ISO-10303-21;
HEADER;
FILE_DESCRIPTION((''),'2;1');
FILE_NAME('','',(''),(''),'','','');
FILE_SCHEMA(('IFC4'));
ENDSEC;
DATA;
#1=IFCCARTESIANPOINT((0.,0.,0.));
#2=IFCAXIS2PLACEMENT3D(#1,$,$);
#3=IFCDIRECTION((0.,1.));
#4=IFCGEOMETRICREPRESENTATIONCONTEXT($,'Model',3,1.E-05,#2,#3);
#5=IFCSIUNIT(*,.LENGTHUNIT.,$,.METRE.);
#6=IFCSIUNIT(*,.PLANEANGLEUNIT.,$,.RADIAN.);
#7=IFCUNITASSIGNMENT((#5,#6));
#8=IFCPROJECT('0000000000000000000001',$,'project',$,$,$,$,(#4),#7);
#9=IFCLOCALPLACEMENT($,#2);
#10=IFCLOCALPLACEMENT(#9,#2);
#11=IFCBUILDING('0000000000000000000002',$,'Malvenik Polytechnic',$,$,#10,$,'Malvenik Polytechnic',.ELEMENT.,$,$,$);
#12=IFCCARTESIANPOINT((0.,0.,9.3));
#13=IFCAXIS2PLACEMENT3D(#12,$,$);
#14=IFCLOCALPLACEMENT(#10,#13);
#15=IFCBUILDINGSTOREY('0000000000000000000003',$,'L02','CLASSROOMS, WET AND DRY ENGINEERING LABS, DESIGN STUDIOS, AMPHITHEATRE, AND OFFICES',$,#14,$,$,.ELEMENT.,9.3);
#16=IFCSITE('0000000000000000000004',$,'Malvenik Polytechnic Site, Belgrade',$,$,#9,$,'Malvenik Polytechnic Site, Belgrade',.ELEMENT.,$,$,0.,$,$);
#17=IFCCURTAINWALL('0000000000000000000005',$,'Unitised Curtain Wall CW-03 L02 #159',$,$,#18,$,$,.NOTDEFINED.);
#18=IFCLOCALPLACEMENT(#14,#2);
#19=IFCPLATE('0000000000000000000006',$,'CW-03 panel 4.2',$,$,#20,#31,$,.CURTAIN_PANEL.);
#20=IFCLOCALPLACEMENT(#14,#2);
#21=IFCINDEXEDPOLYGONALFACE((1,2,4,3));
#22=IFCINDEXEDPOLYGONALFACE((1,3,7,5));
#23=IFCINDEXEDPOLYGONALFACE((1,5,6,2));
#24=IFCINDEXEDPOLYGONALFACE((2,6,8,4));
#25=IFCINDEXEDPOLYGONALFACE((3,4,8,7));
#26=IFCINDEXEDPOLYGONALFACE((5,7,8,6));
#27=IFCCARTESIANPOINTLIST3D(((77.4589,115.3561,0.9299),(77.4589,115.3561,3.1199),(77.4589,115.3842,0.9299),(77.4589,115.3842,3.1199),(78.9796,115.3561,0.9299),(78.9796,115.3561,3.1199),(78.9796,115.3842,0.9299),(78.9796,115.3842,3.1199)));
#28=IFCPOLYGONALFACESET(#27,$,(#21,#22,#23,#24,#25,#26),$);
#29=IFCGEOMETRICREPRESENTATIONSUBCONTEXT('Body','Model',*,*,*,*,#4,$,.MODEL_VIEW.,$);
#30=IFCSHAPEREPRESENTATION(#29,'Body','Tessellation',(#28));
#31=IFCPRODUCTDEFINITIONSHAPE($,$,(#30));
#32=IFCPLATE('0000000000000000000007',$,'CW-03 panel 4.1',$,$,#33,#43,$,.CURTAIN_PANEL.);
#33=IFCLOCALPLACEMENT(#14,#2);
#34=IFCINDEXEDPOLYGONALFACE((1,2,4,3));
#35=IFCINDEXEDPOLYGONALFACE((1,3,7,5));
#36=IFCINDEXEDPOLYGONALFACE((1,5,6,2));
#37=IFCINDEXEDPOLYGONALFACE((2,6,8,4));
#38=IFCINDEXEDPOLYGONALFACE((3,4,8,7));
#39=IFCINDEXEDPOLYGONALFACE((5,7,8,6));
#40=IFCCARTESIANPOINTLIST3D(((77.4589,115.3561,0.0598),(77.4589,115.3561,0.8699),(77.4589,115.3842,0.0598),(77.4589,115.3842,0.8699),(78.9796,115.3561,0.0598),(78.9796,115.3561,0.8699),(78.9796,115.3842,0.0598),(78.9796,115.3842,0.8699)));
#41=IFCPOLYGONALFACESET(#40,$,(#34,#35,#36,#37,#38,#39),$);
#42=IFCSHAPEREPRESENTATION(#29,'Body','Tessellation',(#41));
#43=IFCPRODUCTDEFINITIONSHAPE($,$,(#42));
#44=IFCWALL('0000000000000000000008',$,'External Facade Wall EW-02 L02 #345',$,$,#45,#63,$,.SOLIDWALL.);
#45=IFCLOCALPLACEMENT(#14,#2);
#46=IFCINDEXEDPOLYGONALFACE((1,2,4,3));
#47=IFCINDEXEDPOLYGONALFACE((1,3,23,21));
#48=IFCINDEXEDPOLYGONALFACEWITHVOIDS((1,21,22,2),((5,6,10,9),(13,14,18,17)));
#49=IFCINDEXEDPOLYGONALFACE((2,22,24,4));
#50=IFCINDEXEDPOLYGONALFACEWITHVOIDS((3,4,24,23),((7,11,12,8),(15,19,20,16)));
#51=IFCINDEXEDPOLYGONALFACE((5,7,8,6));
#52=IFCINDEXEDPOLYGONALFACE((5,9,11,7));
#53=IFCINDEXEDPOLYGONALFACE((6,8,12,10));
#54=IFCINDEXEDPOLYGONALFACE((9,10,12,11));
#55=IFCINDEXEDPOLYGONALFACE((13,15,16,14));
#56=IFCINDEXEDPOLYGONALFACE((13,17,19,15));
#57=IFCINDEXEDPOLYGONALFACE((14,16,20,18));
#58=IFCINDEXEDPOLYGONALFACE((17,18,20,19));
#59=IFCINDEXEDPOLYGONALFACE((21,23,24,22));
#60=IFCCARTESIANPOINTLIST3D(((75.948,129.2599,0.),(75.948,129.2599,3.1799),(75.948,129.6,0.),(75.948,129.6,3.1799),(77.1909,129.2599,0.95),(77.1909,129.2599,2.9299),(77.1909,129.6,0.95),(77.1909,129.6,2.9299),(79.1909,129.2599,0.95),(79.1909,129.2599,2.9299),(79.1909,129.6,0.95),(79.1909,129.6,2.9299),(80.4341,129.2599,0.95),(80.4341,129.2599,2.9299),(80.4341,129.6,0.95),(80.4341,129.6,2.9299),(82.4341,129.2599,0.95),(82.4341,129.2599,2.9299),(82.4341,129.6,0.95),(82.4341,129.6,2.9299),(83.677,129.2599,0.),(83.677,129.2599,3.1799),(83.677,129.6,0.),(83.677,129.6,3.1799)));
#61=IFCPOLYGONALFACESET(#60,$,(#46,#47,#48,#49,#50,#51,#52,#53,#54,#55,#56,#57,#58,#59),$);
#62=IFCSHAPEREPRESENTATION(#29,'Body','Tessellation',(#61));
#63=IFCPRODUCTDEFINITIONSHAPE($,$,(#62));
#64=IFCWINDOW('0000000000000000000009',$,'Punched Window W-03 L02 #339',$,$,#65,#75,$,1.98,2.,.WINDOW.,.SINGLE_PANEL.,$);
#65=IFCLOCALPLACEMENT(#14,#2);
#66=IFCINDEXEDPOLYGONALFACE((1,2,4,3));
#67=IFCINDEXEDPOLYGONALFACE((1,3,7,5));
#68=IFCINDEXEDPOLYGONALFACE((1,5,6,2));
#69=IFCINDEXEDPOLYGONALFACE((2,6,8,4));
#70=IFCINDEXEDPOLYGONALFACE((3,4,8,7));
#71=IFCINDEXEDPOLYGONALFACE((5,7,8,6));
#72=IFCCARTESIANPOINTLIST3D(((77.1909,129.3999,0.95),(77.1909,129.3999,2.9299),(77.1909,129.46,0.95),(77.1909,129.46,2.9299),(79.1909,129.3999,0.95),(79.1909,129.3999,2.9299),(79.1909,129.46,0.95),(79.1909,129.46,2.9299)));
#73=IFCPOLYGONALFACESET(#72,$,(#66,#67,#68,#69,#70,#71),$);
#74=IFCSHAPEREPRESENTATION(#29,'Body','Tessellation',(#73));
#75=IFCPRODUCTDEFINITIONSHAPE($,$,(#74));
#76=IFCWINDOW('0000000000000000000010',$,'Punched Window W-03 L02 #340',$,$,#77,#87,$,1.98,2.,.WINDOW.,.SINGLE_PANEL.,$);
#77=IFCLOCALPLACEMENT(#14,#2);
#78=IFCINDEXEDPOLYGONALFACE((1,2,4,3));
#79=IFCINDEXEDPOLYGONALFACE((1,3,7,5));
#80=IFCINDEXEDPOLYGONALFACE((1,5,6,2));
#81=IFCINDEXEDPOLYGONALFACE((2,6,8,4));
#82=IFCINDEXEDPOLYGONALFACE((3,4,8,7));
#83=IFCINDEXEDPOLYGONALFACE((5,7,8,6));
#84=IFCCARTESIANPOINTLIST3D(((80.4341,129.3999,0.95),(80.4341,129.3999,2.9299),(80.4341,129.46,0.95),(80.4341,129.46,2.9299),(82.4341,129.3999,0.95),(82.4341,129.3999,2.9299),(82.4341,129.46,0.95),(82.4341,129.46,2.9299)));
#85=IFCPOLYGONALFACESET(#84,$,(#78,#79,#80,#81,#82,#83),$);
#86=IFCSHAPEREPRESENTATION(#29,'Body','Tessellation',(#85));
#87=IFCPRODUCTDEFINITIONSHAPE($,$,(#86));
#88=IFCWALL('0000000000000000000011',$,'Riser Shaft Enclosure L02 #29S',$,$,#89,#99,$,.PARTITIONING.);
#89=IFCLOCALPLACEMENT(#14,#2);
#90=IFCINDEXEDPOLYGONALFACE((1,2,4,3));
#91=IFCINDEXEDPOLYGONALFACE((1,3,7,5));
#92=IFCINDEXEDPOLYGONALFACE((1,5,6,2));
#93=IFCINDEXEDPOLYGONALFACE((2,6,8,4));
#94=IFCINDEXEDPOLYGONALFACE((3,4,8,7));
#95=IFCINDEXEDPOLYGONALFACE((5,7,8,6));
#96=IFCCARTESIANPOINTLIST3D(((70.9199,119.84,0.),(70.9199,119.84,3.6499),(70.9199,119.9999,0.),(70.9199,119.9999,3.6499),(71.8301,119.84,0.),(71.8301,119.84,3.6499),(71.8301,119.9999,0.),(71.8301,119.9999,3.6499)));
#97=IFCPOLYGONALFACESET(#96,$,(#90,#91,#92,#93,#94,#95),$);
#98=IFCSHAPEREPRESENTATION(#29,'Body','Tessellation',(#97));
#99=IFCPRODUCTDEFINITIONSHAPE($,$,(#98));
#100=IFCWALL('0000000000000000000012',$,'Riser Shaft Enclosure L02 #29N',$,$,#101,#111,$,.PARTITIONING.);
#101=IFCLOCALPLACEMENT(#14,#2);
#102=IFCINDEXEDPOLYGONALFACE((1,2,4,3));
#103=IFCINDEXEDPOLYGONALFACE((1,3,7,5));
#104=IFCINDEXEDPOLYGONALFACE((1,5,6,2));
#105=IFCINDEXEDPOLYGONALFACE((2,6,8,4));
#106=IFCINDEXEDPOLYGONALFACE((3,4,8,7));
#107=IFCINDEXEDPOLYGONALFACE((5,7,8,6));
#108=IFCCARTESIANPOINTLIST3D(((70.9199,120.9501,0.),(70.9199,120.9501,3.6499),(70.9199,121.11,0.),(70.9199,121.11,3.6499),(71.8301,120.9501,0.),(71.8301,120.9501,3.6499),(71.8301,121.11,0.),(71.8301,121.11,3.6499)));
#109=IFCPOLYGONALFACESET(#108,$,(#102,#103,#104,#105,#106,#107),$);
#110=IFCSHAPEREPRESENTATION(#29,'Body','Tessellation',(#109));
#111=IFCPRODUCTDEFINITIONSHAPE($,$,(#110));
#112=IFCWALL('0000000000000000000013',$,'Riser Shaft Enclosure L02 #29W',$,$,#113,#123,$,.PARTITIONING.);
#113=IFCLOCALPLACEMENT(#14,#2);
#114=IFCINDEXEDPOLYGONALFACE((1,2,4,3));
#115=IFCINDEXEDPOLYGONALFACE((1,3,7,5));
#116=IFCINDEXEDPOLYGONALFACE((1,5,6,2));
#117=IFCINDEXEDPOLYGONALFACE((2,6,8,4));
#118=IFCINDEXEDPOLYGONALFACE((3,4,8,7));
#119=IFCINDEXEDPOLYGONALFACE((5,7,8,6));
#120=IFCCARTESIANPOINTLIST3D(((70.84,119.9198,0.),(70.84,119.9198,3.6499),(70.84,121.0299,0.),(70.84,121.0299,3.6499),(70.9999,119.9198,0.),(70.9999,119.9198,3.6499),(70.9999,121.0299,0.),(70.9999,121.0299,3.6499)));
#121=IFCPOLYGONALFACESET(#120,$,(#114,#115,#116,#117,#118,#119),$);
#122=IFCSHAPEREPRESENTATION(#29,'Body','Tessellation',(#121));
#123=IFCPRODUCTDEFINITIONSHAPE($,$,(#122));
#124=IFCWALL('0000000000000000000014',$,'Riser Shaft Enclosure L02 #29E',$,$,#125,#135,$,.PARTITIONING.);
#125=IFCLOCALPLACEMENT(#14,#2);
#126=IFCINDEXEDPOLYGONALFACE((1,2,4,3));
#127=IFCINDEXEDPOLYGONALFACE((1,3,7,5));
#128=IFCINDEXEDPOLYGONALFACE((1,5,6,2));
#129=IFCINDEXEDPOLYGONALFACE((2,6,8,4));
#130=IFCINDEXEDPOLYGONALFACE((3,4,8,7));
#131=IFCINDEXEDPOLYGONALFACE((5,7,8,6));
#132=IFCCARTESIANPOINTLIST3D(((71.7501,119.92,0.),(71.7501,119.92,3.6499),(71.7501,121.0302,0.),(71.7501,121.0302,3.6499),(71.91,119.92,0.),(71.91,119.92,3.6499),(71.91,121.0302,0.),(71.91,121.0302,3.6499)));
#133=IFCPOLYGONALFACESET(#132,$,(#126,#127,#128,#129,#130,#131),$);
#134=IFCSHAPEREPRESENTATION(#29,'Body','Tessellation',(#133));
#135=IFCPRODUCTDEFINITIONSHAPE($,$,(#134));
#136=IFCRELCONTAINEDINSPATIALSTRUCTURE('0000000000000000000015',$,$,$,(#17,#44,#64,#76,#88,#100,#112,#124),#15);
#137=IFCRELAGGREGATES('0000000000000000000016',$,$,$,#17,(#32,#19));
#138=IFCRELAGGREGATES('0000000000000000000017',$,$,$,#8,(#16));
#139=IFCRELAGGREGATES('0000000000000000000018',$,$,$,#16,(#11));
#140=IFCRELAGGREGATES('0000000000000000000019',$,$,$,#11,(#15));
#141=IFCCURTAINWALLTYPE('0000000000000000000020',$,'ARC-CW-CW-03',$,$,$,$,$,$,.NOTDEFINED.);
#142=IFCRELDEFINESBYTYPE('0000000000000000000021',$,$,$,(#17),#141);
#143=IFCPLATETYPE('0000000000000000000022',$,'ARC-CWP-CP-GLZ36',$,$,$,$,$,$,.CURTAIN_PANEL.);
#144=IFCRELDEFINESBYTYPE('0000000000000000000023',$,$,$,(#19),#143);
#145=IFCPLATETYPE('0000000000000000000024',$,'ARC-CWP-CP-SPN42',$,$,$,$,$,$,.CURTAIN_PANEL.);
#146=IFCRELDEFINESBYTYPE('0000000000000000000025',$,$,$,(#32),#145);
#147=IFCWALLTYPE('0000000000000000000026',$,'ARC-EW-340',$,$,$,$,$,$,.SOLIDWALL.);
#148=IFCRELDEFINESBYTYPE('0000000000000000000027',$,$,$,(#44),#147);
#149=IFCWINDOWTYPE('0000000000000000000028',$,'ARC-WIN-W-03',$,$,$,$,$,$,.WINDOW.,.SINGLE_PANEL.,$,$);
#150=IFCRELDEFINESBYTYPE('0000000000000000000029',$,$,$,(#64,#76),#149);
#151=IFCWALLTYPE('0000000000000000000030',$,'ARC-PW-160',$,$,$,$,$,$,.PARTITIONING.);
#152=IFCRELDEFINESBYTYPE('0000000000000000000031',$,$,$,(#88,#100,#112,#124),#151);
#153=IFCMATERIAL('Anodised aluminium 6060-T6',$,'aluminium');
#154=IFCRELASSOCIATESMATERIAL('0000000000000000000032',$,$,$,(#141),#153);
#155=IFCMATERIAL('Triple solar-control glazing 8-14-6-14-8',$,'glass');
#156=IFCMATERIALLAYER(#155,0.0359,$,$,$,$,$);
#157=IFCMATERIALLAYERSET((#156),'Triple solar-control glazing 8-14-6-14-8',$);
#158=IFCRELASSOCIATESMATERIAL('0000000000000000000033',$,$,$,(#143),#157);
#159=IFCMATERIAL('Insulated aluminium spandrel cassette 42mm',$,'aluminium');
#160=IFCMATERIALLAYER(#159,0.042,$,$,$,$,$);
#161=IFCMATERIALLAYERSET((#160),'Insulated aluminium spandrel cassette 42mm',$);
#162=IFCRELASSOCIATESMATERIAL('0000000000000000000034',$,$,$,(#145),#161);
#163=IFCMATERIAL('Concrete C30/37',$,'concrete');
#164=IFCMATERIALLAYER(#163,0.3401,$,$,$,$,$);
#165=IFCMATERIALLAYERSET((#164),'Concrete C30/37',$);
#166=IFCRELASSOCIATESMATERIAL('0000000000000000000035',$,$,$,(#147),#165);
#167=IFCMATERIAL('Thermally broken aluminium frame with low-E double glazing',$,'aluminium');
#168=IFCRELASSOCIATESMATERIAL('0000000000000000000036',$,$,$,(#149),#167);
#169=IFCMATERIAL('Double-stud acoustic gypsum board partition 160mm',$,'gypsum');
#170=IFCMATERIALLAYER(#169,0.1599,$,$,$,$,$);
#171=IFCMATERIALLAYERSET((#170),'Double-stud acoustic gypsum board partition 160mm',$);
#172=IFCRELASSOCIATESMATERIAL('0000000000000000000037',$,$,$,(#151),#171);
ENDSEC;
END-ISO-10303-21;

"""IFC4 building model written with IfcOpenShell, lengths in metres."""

from ifc_helpers import new_model, si_unit, direction, frame, frame_2d, origin, origin_2d, place, context, subcontext, project, spatial, rectangle, extrude, material, layer, layer_set, type_object, element, fill, aggregate, save


model = new_model("IFC4")

# Units and contexts
model_context = context("Model", 3, precision=1e-05, world=origin(), true_north=direction((0.0, 1.0)))
body_context = subcontext(model_context, "Body", "Model", "MODEL_VIEW")
ifc_project = project(units=[si_unit("LENGTHUNIT", "METRE"), si_unit("PLANEANGLEUNIT", "RADIAN")], contexts=[model_context])

# Site, building, storey
site_placement = place(None, origin())
site = spatial("IfcSite", under=ifc_project, at=site_placement, Name="Malvenik Polytechnic Site, Belgrade", LongName="Malvenik Polytechnic Site, Belgrade", CompositionType="ELEMENT", RefElevation=0.0)
building_placement = place(site_placement, origin())
building = spatial("IfcBuilding", under=site, at=building_placement, Name="Malvenik Polytechnic", LongName="Malvenik Polytechnic", CompositionType="ELEMENT")
storey_placement = place(building_placement, frame((0.0, 0.0, 9.3)))
storey = spatial("IfcBuildingStorey", under=building, at=storey_placement, Name="L02", Description="CLASSROOMS, WET AND DRY ENGINEERING LABS, DESIGN STUDIOS, AMPHITHEATRE, AND OFFICES", CompositionType="ELEMENT", Elevation=9.3)

# Curtain wall
ifc_material_1 = material(Name="Anodised aluminium 6060-T6", Category="aluminium")
curtain_wall_type = type_object("IfcCurtainWallType", Name="ARC-CW-CW-03", PredefinedType="NOTDEFINED", material=ifc_material_1)
curtain_wall_placement = place(storey_placement, origin())
curtain_wall = element("IfcCurtainWall", 1, at=curtain_wall_placement, inside=storey, type_object=curtain_wall_type, Name="Unitised Curtain Wall CW-03 L02 #159", PredefinedType="NOTDEFINED")

# Shared definitions
ifc_material_2 = material(Name="Concrete C30/37", Category="concrete")

# Plates
ifc_material_3 = material(Name="Triple solar-control glazing 8-14-6-14-8", Category="glass")
ifc_layer_1 = layer(ifc_material_3, 0.0359)
ifc_layer_set_1 = layer_set([ifc_layer_1], Name="Triple solar-control glazing 8-14-6-14-8")
plate_type_1 = type_object("IfcPlateType", Name="ARC-CWP-CP-GLZ36", PredefinedType="CURTAIN_PANEL", material=ifc_layer_set_1)
plate_1_placement = place(storey_placement, frame((78.2192, 115.3701, 0.9299), z_axis=(0.0, 0.0, 1.0), x_axis=(-1.0, 0.0, 0.0)))
plate_1 = element("IfcPlate", 2, at=plate_1_placement, type_object=plate_type_1, Name="CW-03 panel 4.2", PredefinedType="CURTAIN_PANEL", context=body_context, shape_type="SweptSolid", body=[
    extrude(rectangle(XDim=1.5208, YDim=0.0281, at=origin_2d()), origin(), (0.0, 0.0, 1.0), 2.1899),
])
ifc_material_4 = material(Name="Insulated aluminium spandrel cassette 42mm", Category="aluminium")
ifc_layer_2 = layer(ifc_material_4, 0.042)
ifc_layer_set_2 = layer_set([ifc_layer_2], Name="Insulated aluminium spandrel cassette 42mm")
plate_type_2 = type_object("IfcPlateType", Name="ARC-CWP-CP-SPN42", PredefinedType="CURTAIN_PANEL", material=ifc_layer_set_2)
plate_2_placement = place(storey_placement, frame((78.2192, 115.3701, 0.0598), z_axis=(0.0, 0.0, 1.0), x_axis=(-1.0, 0.0, 0.0)))
plate_2 = element("IfcPlate", 3, at=plate_2_placement, type_object=plate_type_2, Name="CW-03 panel 4.1", PredefinedType="CURTAIN_PANEL", context=body_context, shape_type="SweptSolid", body=[
    extrude(rectangle(XDim=1.5208, YDim=0.0281, at=origin_2d()), origin(), (0.0, 0.0, 1.0), 0.8101),
])
aggregate(curtain_wall, [plate_2, plate_1])

# Wall, openings, windows
ifc_layer_3 = layer(ifc_material_2, 0.3401)
ifc_layer_set_3 = layer_set([ifc_layer_3], Name="Concrete C30/37")
wall_type_1 = type_object("IfcWallType", Name="ARC-EW-340", PredefinedType="SOLIDWALL", material=ifc_layer_set_3)
wall_placement = place(storey_placement, frame((75.948, 129.4299, 0.0), z_axis=(0.0, 0.0, 1.0), x_axis=(1.0, 0.0, 0.0)))
wall = element("IfcWall", 4, at=wall_placement, inside=storey, type_object=wall_type_1, Name="External Facade Wall EW-02 L02 #345", PredefinedType="SOLIDWALL", context=body_context, shape_type="SweptSolid", body=[
    extrude(rectangle(XDim=7.729, YDim=0.3401, at=frame_2d((3.8645, 0.0))), origin(), (0.0, 0.0, 1.0), 3.1799),
])
opening_1_placement = place(wall_placement, frame((1.2429, 0.0, 0.95)))
opening_1 = element("IfcOpeningElement", 5, at=opening_1_placement, cuts=wall, PredefinedType="OPENING", context=body_context, shape_type="SweptSolid", body=[
    extrude(rectangle(XDim=2.0, YDim=1.98, at=frame_2d((1.0, 0.99))), frame((0.0, 0.1802, 0.0), z_axis=(0.0, -1.0, 0.0), x_axis=(1.0, 0.0, 0.0)), (0.0, 0.0, 1.0), 0.3601),
])
opening_2_placement = place(wall_placement, frame((4.4861, 0.0, 0.95)))
opening_2 = element("IfcOpeningElement", 6, at=opening_2_placement, cuts=wall, PredefinedType="OPENING", context=body_context, shape_type="SweptSolid", body=[
    extrude(rectangle(XDim=2.0, YDim=1.98, at=frame_2d((1.0, 0.99))), frame((0.0, 0.1802, 0.0), z_axis=(0.0, -1.0, 0.0), x_axis=(1.0, 0.0, 0.0)), (0.0, 0.0, 1.0), 0.3601),
])
ifc_material_5 = material(Name="Thermally broken aluminium frame with low-E double glazing", Category="aluminium")
window_type = type_object("IfcWindowType", Name="ARC-WIN-W-03", PartitioningType="SINGLE_PANEL", PredefinedType="WINDOW", material=ifc_material_5)
window_1_placement = place(opening_1_placement, origin())
window_1 = element("IfcWindow", 7, at=window_1_placement, inside=storey, type_object=window_type, Name="Punched Window W-03 L02 #339", OverallHeight=1.98, OverallWidth=2.0, PartitioningType="SINGLE_PANEL", PredefinedType="WINDOW", context=body_context, shape_type="SweptSolid", body=[
    extrude(rectangle(XDim=2.0, YDim=1.98, at=frame_2d((1.0, 0.99))), frame((0.0, 0.03, 0.0), z_axis=(0.0, -1.0, 0.0), x_axis=(1.0, 0.0, 0.0)), (0.0, 0.0, 1.0), 0.0601),
])
fill(opening_1, window_1)
window_2_placement = place(opening_2_placement, origin())
window_2 = element("IfcWindow", 8, at=window_2_placement, inside=storey, type_object=window_type, Name="Punched Window W-03 L02 #340", OverallHeight=1.98, OverallWidth=2.0, PartitioningType="SINGLE_PANEL", PredefinedType="WINDOW", context=body_context, shape_type="SweptSolid", body=[
    extrude(rectangle(XDim=2.0, YDim=1.98, at=frame_2d((1.0, 0.99))), frame((0.0, 0.03, 0.0), z_axis=(0.0, -1.0, 0.0), x_axis=(1.0, 0.0, 0.0)), (0.0, 0.0, 1.0), 0.0601),
])
fill(opening_2, window_2)

# Walls
ifc_material_6 = material(Name="Double-stud acoustic gypsum board partition 160mm", Category="gypsum")
ifc_layer_4 = layer(ifc_material_6, 0.1599)
ifc_layer_set_4 = layer_set([ifc_layer_4], Name="Double-stud acoustic gypsum board partition 160mm")
wall_type_2 = type_object("IfcWallType", Name="ARC-PW-160", PredefinedType="PARTITIONING", material=ifc_layer_set_4)
for number, where, z_axis, x_axis, name in (
    (9, (70.9199, 119.9199, 0.0), (0.0, 0.0, 1.0), (1.0, 0.0, 0.0), "Riser Shaft Enclosure L02 #29S"),
    (10, (71.8301, 121.03, 0.0), (0.0, 0.0, 1.0), (-1.0, 0.0, 0.0), "Riser Shaft Enclosure L02 #29N"),
):
    element("IfcWall", number, at=place(storey_placement, frame(where, z_axis=z_axis, x_axis=x_axis)), inside=storey, type_object=wall_type_2, Name=name, PredefinedType="PARTITIONING", context=body_context, shape_type="SweptSolid", body=[
        extrude(rectangle(XDim=0.9102, YDim=0.1599, at=frame_2d((0.4551, 0.0))), origin(), (0.0, 0.0, 1.0), 3.6499),
    ])
for number, where, z_axis, x_axis, name in (
    (11, (70.9199, 121.03, 0.0), (0.0, 0.0, 1.0), (0.0, -1.0, 0.0), "Riser Shaft Enclosure L02 #29W"),
    (12, (71.8301, 119.9199, 0.0), (0.0, 0.0, 1.0), (0.0, 1.0, 0.0), "Riser Shaft Enclosure L02 #29E"),
):
    element("IfcWall", number, at=place(storey_placement, frame(where, z_axis=z_axis, x_axis=x_axis)), inside=storey, type_object=wall_type_2, Name=name, PredefinedType="PARTITIONING", context=body_context, shape_type="SweptSolid", body=[
        extrude(rectangle(XDim=1.1101, YDim=0.1599, at=frame_2d((0.5552, 0.0))), origin(), (0.0, 0.0, 1.0), 3.6499),
    ])

save(model, "model.ifc")
